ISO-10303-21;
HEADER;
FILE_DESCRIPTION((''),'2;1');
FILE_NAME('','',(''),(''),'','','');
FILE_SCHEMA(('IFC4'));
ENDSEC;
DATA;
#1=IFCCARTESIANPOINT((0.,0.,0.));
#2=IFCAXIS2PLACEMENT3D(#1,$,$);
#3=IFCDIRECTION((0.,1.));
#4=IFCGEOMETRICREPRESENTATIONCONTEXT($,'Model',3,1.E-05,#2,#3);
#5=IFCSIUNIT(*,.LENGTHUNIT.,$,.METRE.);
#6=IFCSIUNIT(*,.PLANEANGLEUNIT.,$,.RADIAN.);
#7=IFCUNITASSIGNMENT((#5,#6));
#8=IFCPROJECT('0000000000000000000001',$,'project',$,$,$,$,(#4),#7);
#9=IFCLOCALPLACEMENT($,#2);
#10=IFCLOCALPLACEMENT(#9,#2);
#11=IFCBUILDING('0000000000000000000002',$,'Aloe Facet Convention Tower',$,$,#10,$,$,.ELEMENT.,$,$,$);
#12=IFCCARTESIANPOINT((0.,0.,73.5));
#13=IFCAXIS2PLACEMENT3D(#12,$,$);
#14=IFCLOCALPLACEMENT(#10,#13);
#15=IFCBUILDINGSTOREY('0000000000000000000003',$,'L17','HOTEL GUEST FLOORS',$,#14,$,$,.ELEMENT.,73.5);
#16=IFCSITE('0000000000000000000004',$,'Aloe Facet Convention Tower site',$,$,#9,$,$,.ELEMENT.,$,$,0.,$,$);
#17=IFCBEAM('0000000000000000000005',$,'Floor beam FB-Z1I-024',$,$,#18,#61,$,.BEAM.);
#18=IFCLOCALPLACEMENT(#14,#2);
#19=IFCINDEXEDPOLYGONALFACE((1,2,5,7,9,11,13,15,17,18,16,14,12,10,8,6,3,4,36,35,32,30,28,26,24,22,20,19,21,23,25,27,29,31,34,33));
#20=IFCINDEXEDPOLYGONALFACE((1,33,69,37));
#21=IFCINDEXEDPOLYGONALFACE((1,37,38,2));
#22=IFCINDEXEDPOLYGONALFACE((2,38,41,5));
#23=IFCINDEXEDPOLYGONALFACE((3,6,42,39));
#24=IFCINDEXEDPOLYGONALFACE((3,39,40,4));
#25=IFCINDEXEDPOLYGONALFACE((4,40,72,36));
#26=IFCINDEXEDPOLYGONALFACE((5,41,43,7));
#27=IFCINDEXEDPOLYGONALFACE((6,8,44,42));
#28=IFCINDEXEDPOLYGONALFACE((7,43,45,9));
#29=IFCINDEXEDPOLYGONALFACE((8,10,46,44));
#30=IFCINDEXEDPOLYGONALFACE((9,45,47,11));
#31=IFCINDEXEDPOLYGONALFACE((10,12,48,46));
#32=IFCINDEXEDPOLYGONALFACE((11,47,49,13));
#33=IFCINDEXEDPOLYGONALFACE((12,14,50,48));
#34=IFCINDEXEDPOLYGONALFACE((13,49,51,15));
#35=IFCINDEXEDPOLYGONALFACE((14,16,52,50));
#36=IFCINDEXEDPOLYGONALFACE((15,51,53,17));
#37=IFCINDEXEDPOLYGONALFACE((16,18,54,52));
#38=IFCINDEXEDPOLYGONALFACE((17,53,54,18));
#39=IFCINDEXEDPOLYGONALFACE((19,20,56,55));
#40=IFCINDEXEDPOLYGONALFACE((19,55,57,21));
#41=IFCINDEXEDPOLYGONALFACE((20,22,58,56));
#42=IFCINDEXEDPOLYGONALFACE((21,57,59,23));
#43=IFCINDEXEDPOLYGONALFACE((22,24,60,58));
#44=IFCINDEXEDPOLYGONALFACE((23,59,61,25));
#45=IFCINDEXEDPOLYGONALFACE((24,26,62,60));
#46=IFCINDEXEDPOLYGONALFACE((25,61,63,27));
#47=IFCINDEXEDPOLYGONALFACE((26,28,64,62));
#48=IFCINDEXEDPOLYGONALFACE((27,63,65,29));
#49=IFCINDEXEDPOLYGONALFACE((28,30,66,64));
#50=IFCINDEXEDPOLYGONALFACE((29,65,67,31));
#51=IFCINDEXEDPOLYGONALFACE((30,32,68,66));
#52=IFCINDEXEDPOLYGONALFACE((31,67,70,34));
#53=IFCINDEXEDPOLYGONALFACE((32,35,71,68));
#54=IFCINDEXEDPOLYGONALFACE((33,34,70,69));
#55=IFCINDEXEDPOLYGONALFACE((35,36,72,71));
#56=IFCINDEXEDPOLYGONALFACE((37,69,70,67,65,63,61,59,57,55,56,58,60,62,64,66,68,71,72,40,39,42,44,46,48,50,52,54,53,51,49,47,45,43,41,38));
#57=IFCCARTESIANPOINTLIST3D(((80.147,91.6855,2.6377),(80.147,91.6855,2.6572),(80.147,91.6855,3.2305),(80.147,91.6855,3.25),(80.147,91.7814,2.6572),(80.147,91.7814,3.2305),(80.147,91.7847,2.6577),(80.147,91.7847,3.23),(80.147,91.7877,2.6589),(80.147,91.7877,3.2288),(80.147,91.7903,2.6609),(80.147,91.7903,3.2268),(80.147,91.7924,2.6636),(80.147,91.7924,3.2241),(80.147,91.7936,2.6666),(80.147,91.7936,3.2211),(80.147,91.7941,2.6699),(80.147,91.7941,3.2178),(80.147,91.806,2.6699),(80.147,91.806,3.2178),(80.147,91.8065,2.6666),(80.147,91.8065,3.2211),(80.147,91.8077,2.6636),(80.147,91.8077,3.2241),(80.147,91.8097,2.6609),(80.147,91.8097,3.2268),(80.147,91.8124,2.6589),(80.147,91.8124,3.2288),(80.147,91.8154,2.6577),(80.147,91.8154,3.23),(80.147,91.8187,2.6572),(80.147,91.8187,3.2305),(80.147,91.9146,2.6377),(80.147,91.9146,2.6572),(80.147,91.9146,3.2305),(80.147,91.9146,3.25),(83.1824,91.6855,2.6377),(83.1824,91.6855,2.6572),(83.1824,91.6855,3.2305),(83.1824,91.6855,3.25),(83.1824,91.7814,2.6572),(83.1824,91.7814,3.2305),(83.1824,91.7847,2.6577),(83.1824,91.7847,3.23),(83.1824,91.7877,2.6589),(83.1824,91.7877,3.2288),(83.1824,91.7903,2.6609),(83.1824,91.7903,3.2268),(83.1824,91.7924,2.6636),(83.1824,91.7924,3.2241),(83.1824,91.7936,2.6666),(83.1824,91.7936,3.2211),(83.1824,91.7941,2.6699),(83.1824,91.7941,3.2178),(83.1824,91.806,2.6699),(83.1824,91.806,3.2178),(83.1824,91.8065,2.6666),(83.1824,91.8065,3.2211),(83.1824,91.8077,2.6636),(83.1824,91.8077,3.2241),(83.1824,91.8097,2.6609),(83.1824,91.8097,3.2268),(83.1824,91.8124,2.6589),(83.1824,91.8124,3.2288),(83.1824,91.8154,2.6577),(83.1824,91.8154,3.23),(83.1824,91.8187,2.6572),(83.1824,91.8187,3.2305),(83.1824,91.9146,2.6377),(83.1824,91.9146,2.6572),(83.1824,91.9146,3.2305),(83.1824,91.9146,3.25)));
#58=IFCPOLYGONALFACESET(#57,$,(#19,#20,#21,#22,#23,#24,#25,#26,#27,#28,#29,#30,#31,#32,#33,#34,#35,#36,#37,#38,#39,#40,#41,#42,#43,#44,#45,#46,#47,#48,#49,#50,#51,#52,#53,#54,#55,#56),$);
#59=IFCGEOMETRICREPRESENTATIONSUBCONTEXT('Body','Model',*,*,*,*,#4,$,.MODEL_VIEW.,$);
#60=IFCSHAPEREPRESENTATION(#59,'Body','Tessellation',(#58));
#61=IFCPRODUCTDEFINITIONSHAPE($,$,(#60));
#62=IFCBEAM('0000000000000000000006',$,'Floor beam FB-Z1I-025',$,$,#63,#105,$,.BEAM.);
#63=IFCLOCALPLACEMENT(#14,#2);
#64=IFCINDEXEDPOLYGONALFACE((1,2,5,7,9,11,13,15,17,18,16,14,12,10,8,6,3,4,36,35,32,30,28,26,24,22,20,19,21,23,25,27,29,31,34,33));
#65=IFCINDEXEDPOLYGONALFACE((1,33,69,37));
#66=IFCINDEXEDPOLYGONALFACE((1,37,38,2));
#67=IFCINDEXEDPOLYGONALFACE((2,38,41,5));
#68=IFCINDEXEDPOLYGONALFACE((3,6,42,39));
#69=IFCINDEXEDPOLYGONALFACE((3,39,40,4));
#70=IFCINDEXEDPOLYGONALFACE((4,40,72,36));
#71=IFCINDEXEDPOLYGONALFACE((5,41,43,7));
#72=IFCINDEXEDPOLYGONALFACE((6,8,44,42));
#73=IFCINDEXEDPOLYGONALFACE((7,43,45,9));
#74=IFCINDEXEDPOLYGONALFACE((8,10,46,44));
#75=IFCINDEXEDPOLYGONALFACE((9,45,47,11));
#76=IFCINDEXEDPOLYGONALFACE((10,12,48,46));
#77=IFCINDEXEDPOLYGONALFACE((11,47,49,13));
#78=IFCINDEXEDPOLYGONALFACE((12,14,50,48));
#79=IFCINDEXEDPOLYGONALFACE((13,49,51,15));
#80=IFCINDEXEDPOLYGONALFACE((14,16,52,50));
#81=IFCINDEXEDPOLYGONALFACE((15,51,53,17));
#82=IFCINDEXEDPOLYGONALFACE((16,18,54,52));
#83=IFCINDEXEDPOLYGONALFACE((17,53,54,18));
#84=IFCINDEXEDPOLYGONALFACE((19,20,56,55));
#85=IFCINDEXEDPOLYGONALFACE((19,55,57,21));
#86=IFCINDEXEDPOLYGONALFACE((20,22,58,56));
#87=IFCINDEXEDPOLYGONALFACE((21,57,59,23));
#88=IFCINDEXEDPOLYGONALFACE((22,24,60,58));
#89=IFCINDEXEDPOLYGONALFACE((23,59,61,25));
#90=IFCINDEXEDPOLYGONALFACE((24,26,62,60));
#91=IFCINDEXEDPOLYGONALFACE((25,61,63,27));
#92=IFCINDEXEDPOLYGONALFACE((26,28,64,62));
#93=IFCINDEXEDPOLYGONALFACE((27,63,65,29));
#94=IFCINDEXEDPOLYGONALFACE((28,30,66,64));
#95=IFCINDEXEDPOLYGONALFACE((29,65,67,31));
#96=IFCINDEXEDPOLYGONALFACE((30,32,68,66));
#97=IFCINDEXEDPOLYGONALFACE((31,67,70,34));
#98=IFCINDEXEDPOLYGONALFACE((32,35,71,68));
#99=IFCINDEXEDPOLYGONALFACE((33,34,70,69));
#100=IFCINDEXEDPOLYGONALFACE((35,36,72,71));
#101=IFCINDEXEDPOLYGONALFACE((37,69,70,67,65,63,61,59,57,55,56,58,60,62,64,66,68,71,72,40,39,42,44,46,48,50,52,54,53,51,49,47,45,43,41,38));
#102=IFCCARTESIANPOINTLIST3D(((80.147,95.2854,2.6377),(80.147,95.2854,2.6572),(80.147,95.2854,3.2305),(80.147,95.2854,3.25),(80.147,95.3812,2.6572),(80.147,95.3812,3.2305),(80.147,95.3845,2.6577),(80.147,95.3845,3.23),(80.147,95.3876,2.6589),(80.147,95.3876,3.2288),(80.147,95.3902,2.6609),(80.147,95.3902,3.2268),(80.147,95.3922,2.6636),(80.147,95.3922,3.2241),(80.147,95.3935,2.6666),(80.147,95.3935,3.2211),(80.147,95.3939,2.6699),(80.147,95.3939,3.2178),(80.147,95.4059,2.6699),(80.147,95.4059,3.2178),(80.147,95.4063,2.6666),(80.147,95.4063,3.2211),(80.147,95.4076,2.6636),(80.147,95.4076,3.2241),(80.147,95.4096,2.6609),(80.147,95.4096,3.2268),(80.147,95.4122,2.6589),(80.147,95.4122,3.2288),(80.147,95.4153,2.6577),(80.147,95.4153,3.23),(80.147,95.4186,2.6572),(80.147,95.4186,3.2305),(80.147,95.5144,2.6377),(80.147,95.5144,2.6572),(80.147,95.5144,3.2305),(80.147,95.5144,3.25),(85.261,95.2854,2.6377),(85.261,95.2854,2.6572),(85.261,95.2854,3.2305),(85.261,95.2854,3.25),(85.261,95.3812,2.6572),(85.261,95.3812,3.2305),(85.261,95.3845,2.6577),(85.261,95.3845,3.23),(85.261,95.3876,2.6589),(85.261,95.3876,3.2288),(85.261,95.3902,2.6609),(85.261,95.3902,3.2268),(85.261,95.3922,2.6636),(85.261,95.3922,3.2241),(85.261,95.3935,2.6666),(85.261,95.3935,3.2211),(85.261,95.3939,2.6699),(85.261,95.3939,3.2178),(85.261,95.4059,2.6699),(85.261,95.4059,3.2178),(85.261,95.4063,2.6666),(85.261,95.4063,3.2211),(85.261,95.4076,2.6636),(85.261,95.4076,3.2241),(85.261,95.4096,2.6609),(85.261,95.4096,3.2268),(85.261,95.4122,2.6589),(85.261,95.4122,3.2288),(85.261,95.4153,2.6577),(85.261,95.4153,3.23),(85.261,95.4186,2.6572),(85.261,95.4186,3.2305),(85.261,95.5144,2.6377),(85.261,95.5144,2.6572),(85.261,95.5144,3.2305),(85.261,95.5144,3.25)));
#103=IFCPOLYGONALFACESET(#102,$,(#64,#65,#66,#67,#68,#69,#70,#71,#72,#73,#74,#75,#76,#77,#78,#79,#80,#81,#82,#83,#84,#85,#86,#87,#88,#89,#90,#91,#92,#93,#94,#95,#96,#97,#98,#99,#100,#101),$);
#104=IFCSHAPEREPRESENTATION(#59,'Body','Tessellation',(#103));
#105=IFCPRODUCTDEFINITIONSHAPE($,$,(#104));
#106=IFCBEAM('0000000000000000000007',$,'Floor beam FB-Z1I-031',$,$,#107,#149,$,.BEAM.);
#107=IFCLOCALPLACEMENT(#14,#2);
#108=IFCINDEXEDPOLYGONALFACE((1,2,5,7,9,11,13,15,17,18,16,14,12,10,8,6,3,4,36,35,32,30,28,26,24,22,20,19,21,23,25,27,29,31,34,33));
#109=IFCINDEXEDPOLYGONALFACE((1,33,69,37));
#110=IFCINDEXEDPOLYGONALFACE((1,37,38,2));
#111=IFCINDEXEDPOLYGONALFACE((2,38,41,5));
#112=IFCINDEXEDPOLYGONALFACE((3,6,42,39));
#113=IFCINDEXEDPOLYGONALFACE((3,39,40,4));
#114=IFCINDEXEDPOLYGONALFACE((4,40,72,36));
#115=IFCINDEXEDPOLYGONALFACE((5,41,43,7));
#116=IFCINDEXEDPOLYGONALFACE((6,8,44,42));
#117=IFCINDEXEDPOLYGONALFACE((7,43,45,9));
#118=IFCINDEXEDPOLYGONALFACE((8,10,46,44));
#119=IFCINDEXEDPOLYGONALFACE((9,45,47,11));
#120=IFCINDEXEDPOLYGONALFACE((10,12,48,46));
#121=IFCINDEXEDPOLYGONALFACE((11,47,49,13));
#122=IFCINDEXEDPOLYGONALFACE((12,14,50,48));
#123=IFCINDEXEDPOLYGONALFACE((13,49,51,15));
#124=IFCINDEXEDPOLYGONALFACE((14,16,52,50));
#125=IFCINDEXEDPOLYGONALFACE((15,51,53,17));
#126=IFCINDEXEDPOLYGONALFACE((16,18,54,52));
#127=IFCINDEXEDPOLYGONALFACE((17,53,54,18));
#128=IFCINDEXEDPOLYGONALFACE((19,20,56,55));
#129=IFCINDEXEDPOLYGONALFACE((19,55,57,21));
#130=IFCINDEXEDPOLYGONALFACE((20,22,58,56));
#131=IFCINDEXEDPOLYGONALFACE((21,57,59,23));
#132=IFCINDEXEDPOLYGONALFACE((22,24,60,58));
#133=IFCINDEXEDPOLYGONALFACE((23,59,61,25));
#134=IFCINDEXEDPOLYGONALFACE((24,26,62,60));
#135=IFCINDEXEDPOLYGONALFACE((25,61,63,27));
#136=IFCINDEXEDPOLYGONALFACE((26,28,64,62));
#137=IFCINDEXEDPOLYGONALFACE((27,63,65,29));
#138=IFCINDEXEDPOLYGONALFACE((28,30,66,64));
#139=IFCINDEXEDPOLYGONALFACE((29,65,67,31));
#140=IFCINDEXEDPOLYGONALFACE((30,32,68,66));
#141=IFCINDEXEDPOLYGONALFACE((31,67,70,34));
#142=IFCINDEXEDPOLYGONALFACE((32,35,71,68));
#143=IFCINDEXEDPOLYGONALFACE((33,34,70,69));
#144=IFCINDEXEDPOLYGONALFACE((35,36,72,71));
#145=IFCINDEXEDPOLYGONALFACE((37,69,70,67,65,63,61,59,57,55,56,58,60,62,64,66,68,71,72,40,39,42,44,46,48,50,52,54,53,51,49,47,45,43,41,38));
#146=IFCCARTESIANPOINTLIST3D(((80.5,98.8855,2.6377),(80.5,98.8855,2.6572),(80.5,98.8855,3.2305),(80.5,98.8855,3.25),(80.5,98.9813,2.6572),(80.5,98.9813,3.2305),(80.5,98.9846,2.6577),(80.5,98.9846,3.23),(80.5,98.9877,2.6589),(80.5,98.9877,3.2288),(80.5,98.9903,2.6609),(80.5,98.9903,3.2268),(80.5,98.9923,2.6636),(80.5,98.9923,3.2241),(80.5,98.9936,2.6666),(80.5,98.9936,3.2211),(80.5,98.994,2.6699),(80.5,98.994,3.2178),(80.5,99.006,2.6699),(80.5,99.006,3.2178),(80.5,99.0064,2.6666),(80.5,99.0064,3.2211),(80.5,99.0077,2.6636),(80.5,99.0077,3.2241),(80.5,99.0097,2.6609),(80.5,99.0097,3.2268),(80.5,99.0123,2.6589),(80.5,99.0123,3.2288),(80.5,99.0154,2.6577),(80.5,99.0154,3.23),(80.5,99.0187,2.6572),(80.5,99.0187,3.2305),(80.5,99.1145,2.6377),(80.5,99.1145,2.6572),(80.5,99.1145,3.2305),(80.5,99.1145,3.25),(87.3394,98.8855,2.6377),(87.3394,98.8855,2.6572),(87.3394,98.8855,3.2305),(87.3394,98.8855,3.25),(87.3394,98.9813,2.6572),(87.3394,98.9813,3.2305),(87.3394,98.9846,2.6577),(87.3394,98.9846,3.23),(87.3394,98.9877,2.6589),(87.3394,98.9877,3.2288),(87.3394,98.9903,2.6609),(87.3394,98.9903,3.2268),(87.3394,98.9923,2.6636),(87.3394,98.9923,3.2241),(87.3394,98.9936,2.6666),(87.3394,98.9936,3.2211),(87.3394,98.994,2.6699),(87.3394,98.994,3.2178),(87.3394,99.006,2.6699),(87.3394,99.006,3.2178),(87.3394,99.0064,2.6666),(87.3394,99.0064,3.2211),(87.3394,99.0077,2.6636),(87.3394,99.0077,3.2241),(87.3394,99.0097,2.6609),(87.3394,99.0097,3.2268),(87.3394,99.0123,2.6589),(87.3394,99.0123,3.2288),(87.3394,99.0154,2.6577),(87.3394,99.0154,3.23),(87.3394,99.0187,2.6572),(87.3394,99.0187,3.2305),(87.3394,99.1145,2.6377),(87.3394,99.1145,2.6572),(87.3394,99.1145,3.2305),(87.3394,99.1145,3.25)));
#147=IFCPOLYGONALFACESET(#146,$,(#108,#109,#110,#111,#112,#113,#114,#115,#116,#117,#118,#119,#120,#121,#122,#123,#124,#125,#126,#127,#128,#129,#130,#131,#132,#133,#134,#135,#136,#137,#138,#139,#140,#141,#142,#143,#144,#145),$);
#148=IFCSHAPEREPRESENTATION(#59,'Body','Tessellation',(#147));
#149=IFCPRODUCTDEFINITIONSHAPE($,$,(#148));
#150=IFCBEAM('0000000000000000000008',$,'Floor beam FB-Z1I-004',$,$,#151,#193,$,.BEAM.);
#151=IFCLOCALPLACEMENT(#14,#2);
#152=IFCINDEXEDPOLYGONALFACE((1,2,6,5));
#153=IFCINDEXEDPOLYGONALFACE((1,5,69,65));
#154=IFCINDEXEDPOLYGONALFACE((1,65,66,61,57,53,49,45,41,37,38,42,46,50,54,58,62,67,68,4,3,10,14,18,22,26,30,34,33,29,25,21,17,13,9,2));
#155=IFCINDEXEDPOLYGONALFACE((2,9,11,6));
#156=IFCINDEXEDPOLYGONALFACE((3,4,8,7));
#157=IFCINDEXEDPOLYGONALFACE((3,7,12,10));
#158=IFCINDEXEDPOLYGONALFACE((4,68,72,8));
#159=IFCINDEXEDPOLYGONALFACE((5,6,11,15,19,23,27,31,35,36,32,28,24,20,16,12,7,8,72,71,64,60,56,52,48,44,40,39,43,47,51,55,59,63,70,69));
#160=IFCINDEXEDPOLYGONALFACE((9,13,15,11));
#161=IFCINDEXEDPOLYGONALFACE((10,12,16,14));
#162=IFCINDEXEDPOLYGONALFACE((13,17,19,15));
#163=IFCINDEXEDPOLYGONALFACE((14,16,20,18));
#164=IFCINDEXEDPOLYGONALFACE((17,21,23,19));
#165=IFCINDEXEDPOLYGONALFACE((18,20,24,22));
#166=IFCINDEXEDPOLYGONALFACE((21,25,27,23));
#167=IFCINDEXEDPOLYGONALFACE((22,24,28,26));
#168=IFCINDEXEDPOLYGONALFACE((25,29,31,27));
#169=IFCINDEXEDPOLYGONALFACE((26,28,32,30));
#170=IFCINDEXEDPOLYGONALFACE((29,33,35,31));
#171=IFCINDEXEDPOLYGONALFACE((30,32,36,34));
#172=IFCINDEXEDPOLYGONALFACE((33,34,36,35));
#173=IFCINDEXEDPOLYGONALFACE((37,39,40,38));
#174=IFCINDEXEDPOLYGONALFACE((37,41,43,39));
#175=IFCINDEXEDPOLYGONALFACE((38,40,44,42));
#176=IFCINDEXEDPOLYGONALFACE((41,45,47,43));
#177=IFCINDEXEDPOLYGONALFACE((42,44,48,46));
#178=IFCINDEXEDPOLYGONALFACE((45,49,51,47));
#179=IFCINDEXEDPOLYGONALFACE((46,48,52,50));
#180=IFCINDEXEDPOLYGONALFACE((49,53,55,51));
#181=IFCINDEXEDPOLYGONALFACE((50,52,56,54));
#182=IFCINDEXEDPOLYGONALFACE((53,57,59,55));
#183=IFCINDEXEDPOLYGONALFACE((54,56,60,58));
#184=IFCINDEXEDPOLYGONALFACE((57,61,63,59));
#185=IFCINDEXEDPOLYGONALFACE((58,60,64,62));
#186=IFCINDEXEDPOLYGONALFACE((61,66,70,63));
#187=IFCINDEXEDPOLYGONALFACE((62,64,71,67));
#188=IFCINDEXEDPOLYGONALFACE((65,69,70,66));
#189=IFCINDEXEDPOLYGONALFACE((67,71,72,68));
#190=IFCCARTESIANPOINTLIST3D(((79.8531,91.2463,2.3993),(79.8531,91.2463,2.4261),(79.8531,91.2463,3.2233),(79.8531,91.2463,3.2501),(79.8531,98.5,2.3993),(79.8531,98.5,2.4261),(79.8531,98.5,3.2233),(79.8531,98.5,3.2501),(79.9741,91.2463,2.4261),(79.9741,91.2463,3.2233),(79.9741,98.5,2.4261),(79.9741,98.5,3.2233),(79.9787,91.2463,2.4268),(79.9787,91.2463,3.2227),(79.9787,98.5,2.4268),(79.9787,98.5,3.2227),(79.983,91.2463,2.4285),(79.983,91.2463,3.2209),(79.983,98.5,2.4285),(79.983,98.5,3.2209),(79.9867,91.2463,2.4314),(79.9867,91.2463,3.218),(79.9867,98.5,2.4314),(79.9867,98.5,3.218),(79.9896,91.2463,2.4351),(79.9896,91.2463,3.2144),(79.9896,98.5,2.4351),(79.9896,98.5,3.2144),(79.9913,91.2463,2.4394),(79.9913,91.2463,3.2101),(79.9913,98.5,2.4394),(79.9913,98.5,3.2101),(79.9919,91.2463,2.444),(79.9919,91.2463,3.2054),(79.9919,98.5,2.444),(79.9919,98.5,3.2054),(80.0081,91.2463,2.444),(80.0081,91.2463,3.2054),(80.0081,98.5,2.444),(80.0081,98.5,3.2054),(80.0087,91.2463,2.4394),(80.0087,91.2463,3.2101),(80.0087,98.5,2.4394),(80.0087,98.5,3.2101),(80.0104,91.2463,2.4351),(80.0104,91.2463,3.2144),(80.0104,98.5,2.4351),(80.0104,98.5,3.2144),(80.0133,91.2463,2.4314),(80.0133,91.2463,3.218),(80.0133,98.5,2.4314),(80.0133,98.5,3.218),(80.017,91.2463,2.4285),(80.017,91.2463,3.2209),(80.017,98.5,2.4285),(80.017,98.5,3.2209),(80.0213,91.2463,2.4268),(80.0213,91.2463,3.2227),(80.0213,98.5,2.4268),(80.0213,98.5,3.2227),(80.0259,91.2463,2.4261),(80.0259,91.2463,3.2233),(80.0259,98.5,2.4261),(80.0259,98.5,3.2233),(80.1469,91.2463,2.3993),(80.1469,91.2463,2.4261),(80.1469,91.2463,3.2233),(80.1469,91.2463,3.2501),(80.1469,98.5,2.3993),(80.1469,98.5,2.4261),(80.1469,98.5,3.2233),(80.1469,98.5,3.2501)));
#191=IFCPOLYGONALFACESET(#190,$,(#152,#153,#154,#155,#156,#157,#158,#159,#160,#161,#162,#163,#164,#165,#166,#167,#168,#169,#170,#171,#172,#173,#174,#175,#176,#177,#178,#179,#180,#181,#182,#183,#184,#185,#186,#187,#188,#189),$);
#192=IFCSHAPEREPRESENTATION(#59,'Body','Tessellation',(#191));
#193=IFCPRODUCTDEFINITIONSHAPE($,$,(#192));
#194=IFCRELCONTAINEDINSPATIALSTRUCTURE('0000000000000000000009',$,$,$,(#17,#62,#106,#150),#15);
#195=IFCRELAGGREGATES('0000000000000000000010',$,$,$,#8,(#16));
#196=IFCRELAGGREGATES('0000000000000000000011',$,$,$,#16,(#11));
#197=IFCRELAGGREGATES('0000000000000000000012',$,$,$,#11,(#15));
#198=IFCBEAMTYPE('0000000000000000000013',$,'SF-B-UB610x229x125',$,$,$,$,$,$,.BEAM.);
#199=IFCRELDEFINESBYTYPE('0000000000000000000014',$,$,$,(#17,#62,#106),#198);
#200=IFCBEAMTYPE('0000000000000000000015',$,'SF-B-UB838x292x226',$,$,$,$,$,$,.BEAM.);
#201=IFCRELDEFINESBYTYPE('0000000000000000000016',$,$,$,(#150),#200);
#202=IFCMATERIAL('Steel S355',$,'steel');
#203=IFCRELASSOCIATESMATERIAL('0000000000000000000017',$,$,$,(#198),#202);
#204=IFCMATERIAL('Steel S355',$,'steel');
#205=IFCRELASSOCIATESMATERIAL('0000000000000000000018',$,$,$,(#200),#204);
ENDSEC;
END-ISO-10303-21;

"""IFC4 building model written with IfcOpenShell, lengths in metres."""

from ifc_helpers import new_model, si_unit, direction, frame, origin, origin_2d, place, context, subcontext, project, spatial, i_section, extrude, material, material_profile, profile_set, type_object, element, save


model = new_model("IFC4")

# Units and contexts
model_context = context("Model", 3, precision=1e-05, world=origin(), true_north=direction((0.0, 1.0)))
body_context = subcontext(model_context, "Body", "Model", "MODEL_VIEW")
ifc_project = project(units=[si_unit("LENGTHUNIT", "METRE"), si_unit("PLANEANGLEUNIT", "RADIAN")], contexts=[model_context])

# Site, building, storey
site_placement = place(None, origin())
site = spatial("IfcSite", under=ifc_project, at=site_placement, Name="Aloe Facet Convention Tower site", CompositionType="ELEMENT", RefElevation=0.0)
building_placement = place(site_placement, origin())
building = spatial("IfcBuilding", under=site, at=building_placement, Name="Aloe Facet Convention Tower", CompositionType="ELEMENT")
storey_placement = place(building_placement, frame((0.0, 0.0, 73.5)))
storey = spatial("IfcBuildingStorey", under=building, at=storey_placement, Name="L17", Description="HOTEL GUEST FLOORS", CompositionType="ELEMENT", Elevation=73.5)

# Beams
ifc_material_1 = material(Name="Steel S355", Category="steel")
ifc_material_profile_1 = material_profile(ifc_material_1, i_section(OverallWidth=0.229, OverallDepth=0.6123, WebThickness=0.012, FlangeThickness=0.0195, FilletRadius=0.0127, at=origin_2d()), Name="UB 610x229x125")
ifc_profile_set_1 = profile_set([ifc_material_profile_1], Name="Steel S355")
beam_type_1 = type_object("IfcBeamType", Name="SF-B-UB610x229x125", PredefinedType="BEAM", material=ifc_profile_set_1)
for number, where, z_axis, x_axis, name in (
    (1, (80.147, 91.8, 2.9438), (1.0, 0.0, 0.0), (0.0, 1.0, 0.0), "Floor beam FB-Z1I-024"),
):
    element("IfcBeam", number, at=place(storey_placement, frame(where, z_axis=z_axis, x_axis=x_axis)), inside=storey, type_object=beam_type_1, Name=name, PredefinedType="BEAM", context=body_context, shape_type="SweptSolid", body=[
        extrude(i_section(OverallWidth=0.229, OverallDepth=0.6123, WebThickness=0.012, FlangeThickness=0.0195, FilletRadius=0.0127, at=origin_2d()), origin(), (0.0, 0.0, 1.0), 3.0354),
    ])
beam_1_placement = place(storey_placement, frame((80.147, 95.3999, 2.9438), z_axis=(1.0, 0.0, 0.0), x_axis=(0.0, 1.0, 0.0)))
element("IfcBeam", 2, at=beam_1_placement, inside=storey, type_object=beam_type_1, Name="Floor beam FB-Z1I-025", PredefinedType="BEAM", context=body_context, shape_type="SweptSolid", body=[
    extrude(i_section(OverallWidth=0.229, OverallDepth=0.6123, WebThickness=0.012, FlangeThickness=0.0195, FilletRadius=0.0127, at=origin_2d()), origin(), (0.0, 0.0, 1.0), 5.114),
])
beam_2_placement = place(storey_placement, frame((80.5, 99.0, 2.9438), z_axis=(1.0, 0.0, 0.0), x_axis=(0.0, 1.0, 0.0)))
element("IfcBeam", 3, at=beam_2_placement, inside=storey, type_object=beam_type_1, Name="Floor beam FB-Z1I-031", PredefinedType="BEAM", context=body_context, shape_type="SweptSolid", body=[
    extrude(i_section(OverallWidth=0.229, OverallDepth=0.6123, WebThickness=0.012, FlangeThickness=0.0195, FilletRadius=0.0127, at=origin_2d()), origin(), (0.0, 0.0, 1.0), 6.8394),
])
ifc_material_2 = material(Name="Steel S355", Category="steel")
ifc_material_profile_2 = material_profile(ifc_material_2, i_section(OverallWidth=0.2937, OverallDepth=0.8508, WebThickness=0.0161, FlangeThickness=0.0269, FilletRadius=0.0178, at=origin_2d()), Name="UB 838x292x226")
ifc_profile_set_2 = profile_set([ifc_material_profile_2], Name="Steel S355")
beam_type_2 = type_object("IfcBeamType", Name="SF-B-UB838x292x226", PredefinedType="BEAM", material=ifc_profile_set_2)
beam_3_placement = place(storey_placement, frame((80.0, 98.5, 2.8247), z_axis=(0.0, -1.0, 0.0), x_axis=(1.0, 0.0, 0.0)))
element("IfcBeam", 4, at=beam_3_placement, inside=storey, type_object=beam_type_2, Name="Floor beam FB-Z1I-004", PredefinedType="BEAM", context=body_context, shape_type="SweptSolid", body=[
    extrude(i_section(OverallWidth=0.2937, OverallDepth=0.8508, WebThickness=0.0161, FlangeThickness=0.0269, FilletRadius=0.0178, at=origin_2d()), origin(), (0.0, 0.0, 1.0), 7.2537),
])

save(model, "model.ifc")
